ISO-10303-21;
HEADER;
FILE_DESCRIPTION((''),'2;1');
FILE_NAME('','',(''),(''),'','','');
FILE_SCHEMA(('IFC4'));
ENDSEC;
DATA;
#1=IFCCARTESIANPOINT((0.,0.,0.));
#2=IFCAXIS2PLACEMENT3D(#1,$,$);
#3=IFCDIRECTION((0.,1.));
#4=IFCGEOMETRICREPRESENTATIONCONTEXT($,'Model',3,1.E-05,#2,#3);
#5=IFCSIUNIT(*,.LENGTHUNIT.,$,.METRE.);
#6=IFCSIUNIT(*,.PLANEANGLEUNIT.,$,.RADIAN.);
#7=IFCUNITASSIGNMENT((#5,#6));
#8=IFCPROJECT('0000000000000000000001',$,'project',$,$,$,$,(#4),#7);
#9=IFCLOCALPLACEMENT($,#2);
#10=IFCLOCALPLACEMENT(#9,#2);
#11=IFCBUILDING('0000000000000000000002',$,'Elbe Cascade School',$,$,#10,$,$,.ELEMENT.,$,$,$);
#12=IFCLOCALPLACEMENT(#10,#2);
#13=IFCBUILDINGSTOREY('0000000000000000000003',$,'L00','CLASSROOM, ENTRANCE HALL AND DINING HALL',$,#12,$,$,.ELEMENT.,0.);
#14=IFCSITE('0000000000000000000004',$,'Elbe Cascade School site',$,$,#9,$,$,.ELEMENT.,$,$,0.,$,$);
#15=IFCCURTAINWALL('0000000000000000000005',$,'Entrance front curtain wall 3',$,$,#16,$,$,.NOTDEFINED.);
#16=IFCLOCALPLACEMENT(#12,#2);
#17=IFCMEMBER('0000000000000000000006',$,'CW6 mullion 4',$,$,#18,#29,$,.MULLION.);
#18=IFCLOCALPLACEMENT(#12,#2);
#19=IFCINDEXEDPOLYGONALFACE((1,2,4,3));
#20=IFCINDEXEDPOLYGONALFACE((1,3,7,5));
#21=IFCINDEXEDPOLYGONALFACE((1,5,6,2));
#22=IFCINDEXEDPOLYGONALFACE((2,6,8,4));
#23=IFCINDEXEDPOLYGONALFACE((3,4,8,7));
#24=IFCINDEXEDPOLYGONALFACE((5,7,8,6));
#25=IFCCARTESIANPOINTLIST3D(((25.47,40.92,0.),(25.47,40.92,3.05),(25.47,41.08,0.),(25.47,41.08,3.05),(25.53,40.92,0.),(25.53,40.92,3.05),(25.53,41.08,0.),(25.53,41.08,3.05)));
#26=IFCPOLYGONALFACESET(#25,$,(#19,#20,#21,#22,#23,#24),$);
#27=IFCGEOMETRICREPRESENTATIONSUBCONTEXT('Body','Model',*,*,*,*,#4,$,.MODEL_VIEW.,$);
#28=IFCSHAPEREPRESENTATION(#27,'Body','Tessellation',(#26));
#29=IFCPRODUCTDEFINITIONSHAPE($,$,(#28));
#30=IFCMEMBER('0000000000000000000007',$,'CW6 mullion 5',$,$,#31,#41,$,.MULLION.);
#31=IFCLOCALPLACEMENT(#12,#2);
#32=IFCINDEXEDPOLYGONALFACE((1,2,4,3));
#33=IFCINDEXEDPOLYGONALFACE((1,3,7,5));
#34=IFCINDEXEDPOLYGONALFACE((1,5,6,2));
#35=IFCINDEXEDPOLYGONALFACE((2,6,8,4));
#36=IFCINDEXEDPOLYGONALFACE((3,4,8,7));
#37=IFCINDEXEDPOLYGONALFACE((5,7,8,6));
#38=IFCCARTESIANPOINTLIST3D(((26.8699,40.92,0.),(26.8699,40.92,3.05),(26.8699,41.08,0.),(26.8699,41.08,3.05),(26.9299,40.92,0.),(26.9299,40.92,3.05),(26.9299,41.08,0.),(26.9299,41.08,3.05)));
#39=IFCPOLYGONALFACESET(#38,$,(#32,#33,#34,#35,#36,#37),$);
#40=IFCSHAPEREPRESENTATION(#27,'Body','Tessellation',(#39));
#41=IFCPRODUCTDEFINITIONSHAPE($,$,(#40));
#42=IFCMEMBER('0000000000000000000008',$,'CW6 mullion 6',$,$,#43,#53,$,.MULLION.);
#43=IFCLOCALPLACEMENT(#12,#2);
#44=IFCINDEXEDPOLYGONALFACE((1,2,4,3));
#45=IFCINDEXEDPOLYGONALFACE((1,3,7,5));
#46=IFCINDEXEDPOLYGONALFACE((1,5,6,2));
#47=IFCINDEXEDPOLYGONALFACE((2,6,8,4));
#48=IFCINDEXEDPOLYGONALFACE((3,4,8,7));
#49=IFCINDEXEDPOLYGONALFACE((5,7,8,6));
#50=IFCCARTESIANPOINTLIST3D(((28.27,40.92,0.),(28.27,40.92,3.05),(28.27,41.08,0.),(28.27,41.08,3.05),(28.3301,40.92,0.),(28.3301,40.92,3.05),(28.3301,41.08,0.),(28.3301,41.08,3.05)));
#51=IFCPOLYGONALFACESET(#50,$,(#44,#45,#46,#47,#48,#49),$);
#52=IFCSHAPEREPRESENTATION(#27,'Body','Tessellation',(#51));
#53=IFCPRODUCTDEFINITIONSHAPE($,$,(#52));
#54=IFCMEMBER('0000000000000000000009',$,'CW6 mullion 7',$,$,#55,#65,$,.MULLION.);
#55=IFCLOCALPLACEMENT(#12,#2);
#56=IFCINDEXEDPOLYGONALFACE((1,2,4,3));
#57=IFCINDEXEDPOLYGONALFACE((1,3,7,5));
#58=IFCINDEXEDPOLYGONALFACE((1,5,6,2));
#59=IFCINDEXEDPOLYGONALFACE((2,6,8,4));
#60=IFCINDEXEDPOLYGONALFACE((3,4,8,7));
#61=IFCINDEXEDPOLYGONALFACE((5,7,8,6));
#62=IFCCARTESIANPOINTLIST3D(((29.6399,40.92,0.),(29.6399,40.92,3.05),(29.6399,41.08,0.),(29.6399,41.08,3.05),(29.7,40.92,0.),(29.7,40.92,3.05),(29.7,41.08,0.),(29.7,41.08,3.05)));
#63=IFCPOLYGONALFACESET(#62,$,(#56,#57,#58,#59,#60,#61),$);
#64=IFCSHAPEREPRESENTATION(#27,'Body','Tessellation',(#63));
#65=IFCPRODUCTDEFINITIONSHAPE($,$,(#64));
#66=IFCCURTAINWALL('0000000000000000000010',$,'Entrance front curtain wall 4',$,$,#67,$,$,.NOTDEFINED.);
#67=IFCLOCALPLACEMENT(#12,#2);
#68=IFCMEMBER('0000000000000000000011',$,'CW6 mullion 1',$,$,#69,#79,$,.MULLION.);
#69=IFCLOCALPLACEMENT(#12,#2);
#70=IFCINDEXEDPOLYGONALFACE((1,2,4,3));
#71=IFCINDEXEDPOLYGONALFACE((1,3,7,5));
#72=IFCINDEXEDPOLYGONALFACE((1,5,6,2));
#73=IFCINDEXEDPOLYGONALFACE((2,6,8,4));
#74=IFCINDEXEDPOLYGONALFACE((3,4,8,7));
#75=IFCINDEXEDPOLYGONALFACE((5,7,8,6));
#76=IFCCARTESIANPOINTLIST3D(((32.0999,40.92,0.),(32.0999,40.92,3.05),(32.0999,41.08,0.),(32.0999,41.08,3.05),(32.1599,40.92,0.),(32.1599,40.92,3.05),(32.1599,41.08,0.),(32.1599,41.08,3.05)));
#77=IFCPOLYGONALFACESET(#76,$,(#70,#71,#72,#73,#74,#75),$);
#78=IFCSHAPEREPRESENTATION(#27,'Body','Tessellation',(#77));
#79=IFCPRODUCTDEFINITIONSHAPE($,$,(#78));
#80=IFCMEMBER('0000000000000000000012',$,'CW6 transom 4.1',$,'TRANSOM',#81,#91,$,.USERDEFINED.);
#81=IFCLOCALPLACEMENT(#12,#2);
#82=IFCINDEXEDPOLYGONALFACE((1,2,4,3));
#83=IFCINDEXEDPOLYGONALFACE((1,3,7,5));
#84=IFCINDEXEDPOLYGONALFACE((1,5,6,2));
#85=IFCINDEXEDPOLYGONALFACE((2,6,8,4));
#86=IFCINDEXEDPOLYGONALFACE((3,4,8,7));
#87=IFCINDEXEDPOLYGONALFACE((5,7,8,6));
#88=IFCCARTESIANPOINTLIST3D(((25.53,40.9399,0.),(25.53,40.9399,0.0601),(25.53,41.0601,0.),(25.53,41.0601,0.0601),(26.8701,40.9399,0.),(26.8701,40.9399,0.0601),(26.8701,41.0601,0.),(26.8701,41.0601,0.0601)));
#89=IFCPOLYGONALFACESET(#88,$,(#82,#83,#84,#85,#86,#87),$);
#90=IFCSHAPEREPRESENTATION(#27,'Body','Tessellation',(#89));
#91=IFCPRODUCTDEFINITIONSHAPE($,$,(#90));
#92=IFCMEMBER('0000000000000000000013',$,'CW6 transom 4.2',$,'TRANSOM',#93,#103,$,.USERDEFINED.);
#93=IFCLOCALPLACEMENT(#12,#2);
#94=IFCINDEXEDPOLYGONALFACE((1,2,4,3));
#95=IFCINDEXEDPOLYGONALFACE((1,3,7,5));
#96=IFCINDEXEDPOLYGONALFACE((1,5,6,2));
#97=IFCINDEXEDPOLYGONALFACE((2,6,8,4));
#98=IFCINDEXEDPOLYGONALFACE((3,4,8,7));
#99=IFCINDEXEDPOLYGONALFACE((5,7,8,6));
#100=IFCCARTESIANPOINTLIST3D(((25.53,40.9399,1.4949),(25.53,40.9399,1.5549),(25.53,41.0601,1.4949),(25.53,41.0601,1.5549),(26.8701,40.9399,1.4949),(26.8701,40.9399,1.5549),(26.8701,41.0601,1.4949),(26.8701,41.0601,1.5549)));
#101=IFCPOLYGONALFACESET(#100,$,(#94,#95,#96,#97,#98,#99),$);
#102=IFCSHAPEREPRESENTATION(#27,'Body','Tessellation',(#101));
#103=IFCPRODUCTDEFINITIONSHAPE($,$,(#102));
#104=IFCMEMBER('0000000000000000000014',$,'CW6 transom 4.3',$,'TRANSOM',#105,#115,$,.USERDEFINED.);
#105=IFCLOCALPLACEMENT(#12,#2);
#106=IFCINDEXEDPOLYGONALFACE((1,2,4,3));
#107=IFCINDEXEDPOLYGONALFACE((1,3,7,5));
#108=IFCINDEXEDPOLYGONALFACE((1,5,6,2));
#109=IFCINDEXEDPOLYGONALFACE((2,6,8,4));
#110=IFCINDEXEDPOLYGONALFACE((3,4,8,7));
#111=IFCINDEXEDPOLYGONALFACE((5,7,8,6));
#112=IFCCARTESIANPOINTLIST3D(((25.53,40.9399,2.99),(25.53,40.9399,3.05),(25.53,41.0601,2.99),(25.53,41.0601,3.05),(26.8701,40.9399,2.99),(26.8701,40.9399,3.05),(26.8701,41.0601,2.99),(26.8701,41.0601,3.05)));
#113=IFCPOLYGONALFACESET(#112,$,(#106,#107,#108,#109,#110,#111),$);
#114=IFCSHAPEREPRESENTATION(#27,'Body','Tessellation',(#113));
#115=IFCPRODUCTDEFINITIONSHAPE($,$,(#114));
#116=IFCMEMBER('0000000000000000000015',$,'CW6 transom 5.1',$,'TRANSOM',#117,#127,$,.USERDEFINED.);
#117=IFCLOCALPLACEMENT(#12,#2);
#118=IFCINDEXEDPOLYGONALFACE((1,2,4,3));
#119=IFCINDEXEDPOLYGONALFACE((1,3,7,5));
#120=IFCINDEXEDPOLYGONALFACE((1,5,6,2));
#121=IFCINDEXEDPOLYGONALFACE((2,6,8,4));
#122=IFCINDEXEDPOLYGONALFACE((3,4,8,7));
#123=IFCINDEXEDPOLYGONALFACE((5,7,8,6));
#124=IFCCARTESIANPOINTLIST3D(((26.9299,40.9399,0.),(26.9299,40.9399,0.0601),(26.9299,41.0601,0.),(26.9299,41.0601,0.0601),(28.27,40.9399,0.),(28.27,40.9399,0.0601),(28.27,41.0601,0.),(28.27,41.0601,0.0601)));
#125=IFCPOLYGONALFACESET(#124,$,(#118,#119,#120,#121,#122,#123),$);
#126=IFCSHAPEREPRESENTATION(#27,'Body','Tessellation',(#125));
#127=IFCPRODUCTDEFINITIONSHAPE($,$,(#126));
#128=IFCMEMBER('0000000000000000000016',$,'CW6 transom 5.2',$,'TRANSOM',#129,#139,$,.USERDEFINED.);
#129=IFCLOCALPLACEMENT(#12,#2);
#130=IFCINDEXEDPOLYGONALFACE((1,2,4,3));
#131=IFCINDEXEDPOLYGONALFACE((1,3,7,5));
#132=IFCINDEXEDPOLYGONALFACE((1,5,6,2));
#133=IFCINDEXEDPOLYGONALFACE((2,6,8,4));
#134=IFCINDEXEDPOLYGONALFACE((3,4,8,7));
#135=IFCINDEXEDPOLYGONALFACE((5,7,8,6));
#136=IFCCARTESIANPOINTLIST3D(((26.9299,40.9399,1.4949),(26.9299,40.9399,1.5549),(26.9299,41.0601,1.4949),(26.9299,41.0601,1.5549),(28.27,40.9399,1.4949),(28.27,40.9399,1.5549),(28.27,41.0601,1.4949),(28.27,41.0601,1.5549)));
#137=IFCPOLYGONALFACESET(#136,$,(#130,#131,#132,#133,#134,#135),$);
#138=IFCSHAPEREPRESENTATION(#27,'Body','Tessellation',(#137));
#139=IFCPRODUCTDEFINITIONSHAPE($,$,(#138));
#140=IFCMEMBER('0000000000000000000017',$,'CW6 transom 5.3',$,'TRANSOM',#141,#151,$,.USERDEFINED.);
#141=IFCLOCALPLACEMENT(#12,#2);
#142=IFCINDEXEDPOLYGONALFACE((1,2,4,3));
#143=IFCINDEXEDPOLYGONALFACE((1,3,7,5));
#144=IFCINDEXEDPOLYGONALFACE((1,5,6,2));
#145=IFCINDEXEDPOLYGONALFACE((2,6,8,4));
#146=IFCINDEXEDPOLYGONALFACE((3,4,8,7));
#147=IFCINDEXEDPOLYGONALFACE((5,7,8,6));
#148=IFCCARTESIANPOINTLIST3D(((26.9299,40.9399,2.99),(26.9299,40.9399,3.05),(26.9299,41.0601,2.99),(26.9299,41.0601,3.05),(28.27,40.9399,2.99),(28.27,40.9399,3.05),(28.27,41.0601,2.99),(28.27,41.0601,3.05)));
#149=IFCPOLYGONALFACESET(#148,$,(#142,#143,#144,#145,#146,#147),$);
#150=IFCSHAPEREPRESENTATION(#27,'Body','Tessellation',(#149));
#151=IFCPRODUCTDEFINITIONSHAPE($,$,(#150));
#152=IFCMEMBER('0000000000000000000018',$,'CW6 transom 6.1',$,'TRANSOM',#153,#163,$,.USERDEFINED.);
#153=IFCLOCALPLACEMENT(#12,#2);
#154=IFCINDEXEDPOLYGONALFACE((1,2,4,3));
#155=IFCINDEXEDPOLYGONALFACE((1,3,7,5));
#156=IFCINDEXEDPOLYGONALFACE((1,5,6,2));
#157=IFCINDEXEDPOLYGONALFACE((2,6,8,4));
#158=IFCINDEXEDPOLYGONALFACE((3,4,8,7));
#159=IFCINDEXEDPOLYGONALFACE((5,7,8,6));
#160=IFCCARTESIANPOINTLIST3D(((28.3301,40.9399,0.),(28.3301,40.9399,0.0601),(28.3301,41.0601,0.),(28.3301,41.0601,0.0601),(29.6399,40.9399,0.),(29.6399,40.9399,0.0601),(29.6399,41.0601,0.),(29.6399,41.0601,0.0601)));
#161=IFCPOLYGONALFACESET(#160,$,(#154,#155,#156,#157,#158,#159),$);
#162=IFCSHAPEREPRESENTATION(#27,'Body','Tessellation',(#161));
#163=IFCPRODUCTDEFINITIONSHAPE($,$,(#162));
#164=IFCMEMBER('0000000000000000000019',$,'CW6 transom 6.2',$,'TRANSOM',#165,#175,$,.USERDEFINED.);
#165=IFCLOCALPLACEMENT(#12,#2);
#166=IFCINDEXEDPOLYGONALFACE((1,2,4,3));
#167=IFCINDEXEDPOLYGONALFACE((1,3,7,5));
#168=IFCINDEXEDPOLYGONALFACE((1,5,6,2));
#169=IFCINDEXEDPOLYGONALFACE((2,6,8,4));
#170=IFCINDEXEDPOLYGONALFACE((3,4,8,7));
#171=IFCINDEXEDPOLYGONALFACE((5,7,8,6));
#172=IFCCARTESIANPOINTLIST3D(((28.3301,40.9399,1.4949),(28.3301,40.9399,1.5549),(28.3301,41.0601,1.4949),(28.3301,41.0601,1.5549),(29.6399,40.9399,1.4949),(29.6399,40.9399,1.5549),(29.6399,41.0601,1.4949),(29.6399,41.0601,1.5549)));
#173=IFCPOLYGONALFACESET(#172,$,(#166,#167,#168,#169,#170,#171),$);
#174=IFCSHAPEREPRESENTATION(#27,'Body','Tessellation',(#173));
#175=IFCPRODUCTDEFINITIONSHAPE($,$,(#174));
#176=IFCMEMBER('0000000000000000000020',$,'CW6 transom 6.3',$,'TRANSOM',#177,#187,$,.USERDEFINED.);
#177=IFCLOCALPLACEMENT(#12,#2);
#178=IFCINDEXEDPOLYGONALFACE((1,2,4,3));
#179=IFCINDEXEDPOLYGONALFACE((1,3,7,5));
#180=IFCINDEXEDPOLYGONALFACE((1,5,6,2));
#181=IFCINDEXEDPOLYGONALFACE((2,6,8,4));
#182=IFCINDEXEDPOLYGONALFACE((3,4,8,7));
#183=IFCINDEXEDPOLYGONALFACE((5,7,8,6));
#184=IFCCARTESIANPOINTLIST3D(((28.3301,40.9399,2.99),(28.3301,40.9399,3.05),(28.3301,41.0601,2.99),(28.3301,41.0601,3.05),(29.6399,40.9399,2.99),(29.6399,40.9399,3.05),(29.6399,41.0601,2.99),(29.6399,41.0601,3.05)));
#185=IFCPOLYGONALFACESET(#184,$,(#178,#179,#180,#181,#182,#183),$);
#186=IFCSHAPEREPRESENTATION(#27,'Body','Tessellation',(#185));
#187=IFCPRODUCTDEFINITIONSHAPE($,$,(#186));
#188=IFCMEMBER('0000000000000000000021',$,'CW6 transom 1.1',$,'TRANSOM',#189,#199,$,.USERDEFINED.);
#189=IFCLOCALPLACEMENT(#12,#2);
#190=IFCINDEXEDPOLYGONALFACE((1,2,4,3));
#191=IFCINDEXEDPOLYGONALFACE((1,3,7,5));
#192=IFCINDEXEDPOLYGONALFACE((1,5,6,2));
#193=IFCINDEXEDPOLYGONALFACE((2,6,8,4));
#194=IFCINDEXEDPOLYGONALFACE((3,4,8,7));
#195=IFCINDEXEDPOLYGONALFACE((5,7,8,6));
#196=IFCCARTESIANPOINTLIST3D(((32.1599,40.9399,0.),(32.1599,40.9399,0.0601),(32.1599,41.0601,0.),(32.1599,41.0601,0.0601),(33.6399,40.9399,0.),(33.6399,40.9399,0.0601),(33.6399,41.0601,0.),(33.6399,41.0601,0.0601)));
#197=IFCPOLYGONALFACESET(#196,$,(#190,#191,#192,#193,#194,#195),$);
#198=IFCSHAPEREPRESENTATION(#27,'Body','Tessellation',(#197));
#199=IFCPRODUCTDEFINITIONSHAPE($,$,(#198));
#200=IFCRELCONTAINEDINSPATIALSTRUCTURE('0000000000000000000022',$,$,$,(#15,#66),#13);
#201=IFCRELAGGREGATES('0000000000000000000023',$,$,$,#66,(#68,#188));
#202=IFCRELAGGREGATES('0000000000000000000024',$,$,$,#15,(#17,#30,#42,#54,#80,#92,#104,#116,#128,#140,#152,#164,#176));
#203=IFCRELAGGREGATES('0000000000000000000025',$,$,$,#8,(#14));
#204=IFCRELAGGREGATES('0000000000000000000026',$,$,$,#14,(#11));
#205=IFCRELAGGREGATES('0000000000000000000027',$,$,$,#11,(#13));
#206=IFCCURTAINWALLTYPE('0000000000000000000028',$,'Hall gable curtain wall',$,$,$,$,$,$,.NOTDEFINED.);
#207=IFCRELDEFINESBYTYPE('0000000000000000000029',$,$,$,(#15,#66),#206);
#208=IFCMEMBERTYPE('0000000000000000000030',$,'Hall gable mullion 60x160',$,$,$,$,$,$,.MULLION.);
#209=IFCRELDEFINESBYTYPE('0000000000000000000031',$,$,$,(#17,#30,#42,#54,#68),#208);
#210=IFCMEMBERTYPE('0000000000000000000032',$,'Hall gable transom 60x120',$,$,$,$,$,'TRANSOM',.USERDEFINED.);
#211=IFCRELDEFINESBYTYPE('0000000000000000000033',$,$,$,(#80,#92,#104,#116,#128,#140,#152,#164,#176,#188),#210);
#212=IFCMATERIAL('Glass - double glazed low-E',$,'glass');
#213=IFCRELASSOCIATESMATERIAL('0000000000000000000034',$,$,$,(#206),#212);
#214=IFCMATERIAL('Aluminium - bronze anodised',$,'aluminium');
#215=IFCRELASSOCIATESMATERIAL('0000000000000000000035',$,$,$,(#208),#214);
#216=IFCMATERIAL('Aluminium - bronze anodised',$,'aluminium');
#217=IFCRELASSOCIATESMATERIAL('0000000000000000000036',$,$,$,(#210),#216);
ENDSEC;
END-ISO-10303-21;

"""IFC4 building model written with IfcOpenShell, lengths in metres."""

from ifc_helpers import new_model, si_unit, direction, frame, origin, origin_2d, place, context, subcontext, project, spatial, rectangle, extrude, material, material_profile, profile_set, type_object, element, aggregate, save


model = new_model("IFC4")

# Units and contexts
model_context = context("Model", 3, precision=1e-05, world=origin(), true_north=direction((0.0, 1.0)))
body_context = subcontext(model_context, "Body", "Model", "MODEL_VIEW")
ifc_project = project(units=[si_unit("LENGTHUNIT", "METRE"), si_unit("PLANEANGLEUNIT", "RADIAN")], contexts=[model_context])

# Site, building, storey
site_placement = place(None, origin())
site = spatial("IfcSite", under=ifc_project, at=site_placement, Name="Elbe Cascade School site", CompositionType="ELEMENT", RefElevation=0.0)
building_placement = place(site_placement, origin())
building = spatial("IfcBuilding", under=site, at=building_placement, Name="Elbe Cascade School", CompositionType="ELEMENT")
storey_placement = place(building_placement, origin())
storey = spatial("IfcBuildingStorey", under=building, at=storey_placement, Name="L00", Description="CLASSROOM, ENTRANCE HALL AND DINING HALL", CompositionType="ELEMENT", Elevation=0.0)

# Curtain wall, members
ifc_material_1 = material(Name="Glass - double glazed low-E", Category="glass")
curtain_wall_type = type_object("IfcCurtainWallType", Name="Hall gable curtain wall", PredefinedType="NOTDEFINED", material=ifc_material_1)
curtain_wall_1_placement = place(storey_placement, origin())
curtain_wall_1 = element("IfcCurtainWall", 1, at=curtain_wall_1_placement, inside=storey, type_object=curtain_wall_type, Name="Entrance front curtain wall 3", PredefinedType="NOTDEFINED")
ifc_material_2 = material(Name="Aluminium - bronze anodised", Category="aluminium")
ifc_material_profile_1 = material_profile(ifc_material_2, rectangle(XDim=0.1599, YDim=0.0601, at=origin_2d()), Name="Alu 60x160")
ifc_profile_set_1 = profile_set([ifc_material_profile_1], Name="Aluminium - bronze anodised")
member_type_1 = type_object("IfcMemberType", Name="Hall gable mullion 60x160", PredefinedType="MULLION", material=ifc_profile_set_1)
member_1_placement = place(storey_placement, frame((25.5, 41.0, 0.0), z_axis=(0.0, 0.0, 1.0), x_axis=(0.0, 1.0, 0.0)))
member_1 = element("IfcMember", 2, at=member_1_placement, type_object=member_type_1, Name="CW6 mullion 4", PredefinedType="MULLION", context=body_context, shape_type="SweptSolid", body=[
    extrude(rectangle(XDim=0.1599, YDim=0.0601, at=origin_2d()), origin(), (0.0, 0.0, 1.0), 3.05),
])
member_2_placement = place(storey_placement, frame((26.8999, 41.0, 0.0), z_axis=(0.0, 0.0, 1.0), x_axis=(0.0, 1.0, 0.0)))
member_2 = element("IfcMember", 3, at=member_2_placement, type_object=member_type_1, Name="CW6 mullion 5", PredefinedType="MULLION", context=body_context, shape_type="SweptSolid", body=[
    extrude(rectangle(XDim=0.1599, YDim=0.0601, at=origin_2d()), origin(), (0.0, 0.0, 1.0), 3.05),
])
member_3_placement = place(storey_placement, frame((28.3, 41.0, 0.0), z_axis=(0.0, 0.0, 1.0), x_axis=(0.0, 1.0, 0.0)))
member_3 = element("IfcMember", 4, at=member_3_placement, type_object=member_type_1, Name="CW6 mullion 6", PredefinedType="MULLION", context=body_context, shape_type="SweptSolid", body=[
    extrude(rectangle(XDim=0.1599, YDim=0.0601, at=origin_2d()), origin(), (0.0, 0.0, 1.0), 3.05),
])
member_4_placement = place(storey_placement, frame((29.6699, 41.0, 0.0), z_axis=(0.0, 0.0, 1.0), x_axis=(0.0, 1.0, 0.0)))
member_4 = element("IfcMember", 5, at=member_4_placement, type_object=member_type_1, Name="CW6 mullion 7", PredefinedType="MULLION", context=body_context, shape_type="SweptSolid", body=[
    extrude(rectangle(XDim=0.1599, YDim=0.0601, at=origin_2d()), origin(), (0.0, 0.0, 1.0), 3.05),
])

# Curtain wall, member
curtain_wall_2_placement = place(storey_placement, origin())
curtain_wall_2 = element("IfcCurtainWall", 6, at=curtain_wall_2_placement, inside=storey, type_object=curtain_wall_type, Name="Entrance front curtain wall 4", PredefinedType="NOTDEFINED")
member_5_placement = place(storey_placement, frame((32.1299, 41.0, 0.0), z_axis=(0.0, 0.0, 1.0), x_axis=(0.0, 1.0, 0.0)))
member_5 = element("IfcMember", 7, at=member_5_placement, type_object=member_type_1, Name="CW6 mullion 1", PredefinedType="MULLION", context=body_context, shape_type="SweptSolid", body=[
    extrude(rectangle(XDim=0.1599, YDim=0.0601, at=origin_2d()), origin(), (0.0, 0.0, 1.0), 3.05),
])

# Members
ifc_material_3 = material(Name="Aluminium - bronze anodised", Category="aluminium")
ifc_material_profile_2 = material_profile(ifc_material_3, rectangle(XDim=0.1201, YDim=0.0601, at=origin_2d()), Name="Alu 60x120")
ifc_profile_set_2 = profile_set([ifc_material_profile_2], Name="Aluminium - bronze anodised")
member_type_2 = type_object("IfcMemberType", Name="Hall gable transom 60x120", ElementType="TRANSOM", PredefinedType="USERDEFINED", material=ifc_profile_set_2)
member_6_placement = place(storey_placement, frame((25.53, 41.0, 0.03), z_axis=(1.0, 0.0, 0.0), x_axis=(0.0, 1.0, 0.0)))
member_6 = element("IfcMember", 8, at=member_6_placement, type_object=member_type_2, Name="CW6 transom 4.1", ObjectType="TRANSOM", PredefinedType="USERDEFINED", context=body_context, shape_type="SweptSolid", body=[
    extrude(rectangle(XDim=0.1201, YDim=0.0601, at=origin_2d()), origin(), (0.0, 0.0, 1.0), 1.3401),
])
member_7_placement = place(storey_placement, frame((25.53, 41.0, 1.5249), z_axis=(1.0, 0.0, 0.0), x_axis=(0.0, 1.0, 0.0)))
member_7 = element("IfcMember", 9, at=member_7_placement, type_object=member_type_2, Name="CW6 transom 4.2", ObjectType="TRANSOM", PredefinedType="USERDEFINED", context=body_context, shape_type="SweptSolid", body=[
    extrude(rectangle(XDim=0.1201, YDim=0.0601, at=origin_2d()), origin(), (0.0, 0.0, 1.0), 1.3401),
])
member_8_placement = place(storey_placement, frame((25.53, 41.0, 3.02), z_axis=(1.0, 0.0, 0.0), x_axis=(0.0, 1.0, 0.0)))
member_8 = element("IfcMember", 10, at=member_8_placement, type_object=member_type_2, Name="CW6 transom 4.3", ObjectType="TRANSOM", PredefinedType="USERDEFINED", context=body_context, shape_type="SweptSolid", body=[
    extrude(rectangle(XDim=0.1201, YDim=0.0601, at=origin_2d()), origin(), (0.0, 0.0, 1.0), 1.3401),
])
member_9_placement = place(storey_placement, frame((26.9299, 41.0, 0.03), z_axis=(1.0, 0.0, 0.0), x_axis=(0.0, 1.0, 0.0)))
member_9 = element("IfcMember", 11, at=member_9_placement, type_object=member_type_2, Name="CW6 transom 5.1", ObjectType="TRANSOM", PredefinedType="USERDEFINED", context=body_context, shape_type="SweptSolid", body=[
    extrude(rectangle(XDim=0.1201, YDim=0.0601, at=origin_2d()), origin(), (0.0, 0.0, 1.0), 1.3401),
])
member_10_placement = place(storey_placement, frame((26.9299, 41.0, 1.5249), z_axis=(1.0, 0.0, 0.0), x_axis=(0.0, 1.0, 0.0)))
member_10 = element("IfcMember", 12, at=member_10_placement, type_object=member_type_2, Name="CW6 transom 5.2", ObjectType="TRANSOM", PredefinedType="USERDEFINED", context=body_context, shape_type="SweptSolid", body=[
    extrude(rectangle(XDim=0.1201, YDim=0.0601, at=origin_2d()), origin(), (0.0, 0.0, 1.0), 1.3401),
])
member_11_placement = place(storey_placement, frame((26.9299, 41.0, 3.02), z_axis=(1.0, 0.0, 0.0), x_axis=(0.0, 1.0, 0.0)))
member_11 = element("IfcMember", 13, at=member_11_placement, type_object=member_type_2, Name="CW6 transom 5.3", ObjectType="TRANSOM", PredefinedType="USERDEFINED", context=body_context, shape_type="SweptSolid", body=[
    extrude(rectangle(XDim=0.1201, YDim=0.0601, at=origin_2d()), origin(), (0.0, 0.0, 1.0), 1.3401),
])
member_12_placement = place(storey_placement, frame((28.3301, 41.0, 0.03), z_axis=(1.0, 0.0, 0.0), x_axis=(0.0, 1.0, 0.0)))
member_12 = element("IfcMember", 14, at=member_12_placement, type_object=member_type_2, Name="CW6 transom 6.1", ObjectType="TRANSOM", PredefinedType="USERDEFINED", context=body_context, shape_type="SweptSolid", body=[
    extrude(rectangle(XDim=0.1201, YDim=0.0601, at=origin_2d()), origin(), (0.0, 0.0, 1.0), 1.3098),
])
member_13_placement = place(storey_placement, frame((28.3301, 41.0, 1.5249), z_axis=(1.0, 0.0, 0.0), x_axis=(0.0, 1.0, 0.0)))
member_13 = element("IfcMember", 15, at=member_13_placement, type_object=member_type_2, Name="CW6 transom 6.2", ObjectType="TRANSOM", PredefinedType="USERDEFINED", context=body_context, shape_type="SweptSolid", body=[
    extrude(rectangle(XDim=0.1201, YDim=0.0601, at=origin_2d()), origin(), (0.0, 0.0, 1.0), 1.3098),
])
member_14_placement = place(storey_placement, frame((28.3301, 41.0, 3.02), z_axis=(1.0, 0.0, 0.0), x_axis=(0.0, 1.0, 0.0)))
member_14 = element("IfcMember", 16, at=member_14_placement, type_object=member_type_2, Name="CW6 transom 6.3", ObjectType="TRANSOM", PredefinedType="USERDEFINED", context=body_context, shape_type="SweptSolid", body=[
    extrude(rectangle(XDim=0.1201, YDim=0.0601, at=origin_2d()), origin(), (0.0, 0.0, 1.0), 1.3098),
])
member_15_placement = place(storey_placement, frame((32.1599, 41.0, 0.03), z_axis=(1.0, 0.0, 0.0), x_axis=(0.0, 1.0, 0.0)))
member_15 = element("IfcMember", 17, at=member_15_placement, type_object=member_type_2, Name="CW6 transom 1.1", ObjectType="TRANSOM", PredefinedType="USERDEFINED", context=body_context, shape_type="SweptSolid", body=[
    extrude(rectangle(XDim=0.1201, YDim=0.0601, at=origin_2d()), origin(), (0.0, 0.0, 1.0), 1.48),
])
aggregate(curtain_wall_2, [member_5, member_15])

aggregate(curtain_wall_1, [member_1, member_2, member_3, member_4, member_6, member_7, member_8, member_9, member_10, member_11, member_12, member_13, member_14])

save(model, "model.ifc")
